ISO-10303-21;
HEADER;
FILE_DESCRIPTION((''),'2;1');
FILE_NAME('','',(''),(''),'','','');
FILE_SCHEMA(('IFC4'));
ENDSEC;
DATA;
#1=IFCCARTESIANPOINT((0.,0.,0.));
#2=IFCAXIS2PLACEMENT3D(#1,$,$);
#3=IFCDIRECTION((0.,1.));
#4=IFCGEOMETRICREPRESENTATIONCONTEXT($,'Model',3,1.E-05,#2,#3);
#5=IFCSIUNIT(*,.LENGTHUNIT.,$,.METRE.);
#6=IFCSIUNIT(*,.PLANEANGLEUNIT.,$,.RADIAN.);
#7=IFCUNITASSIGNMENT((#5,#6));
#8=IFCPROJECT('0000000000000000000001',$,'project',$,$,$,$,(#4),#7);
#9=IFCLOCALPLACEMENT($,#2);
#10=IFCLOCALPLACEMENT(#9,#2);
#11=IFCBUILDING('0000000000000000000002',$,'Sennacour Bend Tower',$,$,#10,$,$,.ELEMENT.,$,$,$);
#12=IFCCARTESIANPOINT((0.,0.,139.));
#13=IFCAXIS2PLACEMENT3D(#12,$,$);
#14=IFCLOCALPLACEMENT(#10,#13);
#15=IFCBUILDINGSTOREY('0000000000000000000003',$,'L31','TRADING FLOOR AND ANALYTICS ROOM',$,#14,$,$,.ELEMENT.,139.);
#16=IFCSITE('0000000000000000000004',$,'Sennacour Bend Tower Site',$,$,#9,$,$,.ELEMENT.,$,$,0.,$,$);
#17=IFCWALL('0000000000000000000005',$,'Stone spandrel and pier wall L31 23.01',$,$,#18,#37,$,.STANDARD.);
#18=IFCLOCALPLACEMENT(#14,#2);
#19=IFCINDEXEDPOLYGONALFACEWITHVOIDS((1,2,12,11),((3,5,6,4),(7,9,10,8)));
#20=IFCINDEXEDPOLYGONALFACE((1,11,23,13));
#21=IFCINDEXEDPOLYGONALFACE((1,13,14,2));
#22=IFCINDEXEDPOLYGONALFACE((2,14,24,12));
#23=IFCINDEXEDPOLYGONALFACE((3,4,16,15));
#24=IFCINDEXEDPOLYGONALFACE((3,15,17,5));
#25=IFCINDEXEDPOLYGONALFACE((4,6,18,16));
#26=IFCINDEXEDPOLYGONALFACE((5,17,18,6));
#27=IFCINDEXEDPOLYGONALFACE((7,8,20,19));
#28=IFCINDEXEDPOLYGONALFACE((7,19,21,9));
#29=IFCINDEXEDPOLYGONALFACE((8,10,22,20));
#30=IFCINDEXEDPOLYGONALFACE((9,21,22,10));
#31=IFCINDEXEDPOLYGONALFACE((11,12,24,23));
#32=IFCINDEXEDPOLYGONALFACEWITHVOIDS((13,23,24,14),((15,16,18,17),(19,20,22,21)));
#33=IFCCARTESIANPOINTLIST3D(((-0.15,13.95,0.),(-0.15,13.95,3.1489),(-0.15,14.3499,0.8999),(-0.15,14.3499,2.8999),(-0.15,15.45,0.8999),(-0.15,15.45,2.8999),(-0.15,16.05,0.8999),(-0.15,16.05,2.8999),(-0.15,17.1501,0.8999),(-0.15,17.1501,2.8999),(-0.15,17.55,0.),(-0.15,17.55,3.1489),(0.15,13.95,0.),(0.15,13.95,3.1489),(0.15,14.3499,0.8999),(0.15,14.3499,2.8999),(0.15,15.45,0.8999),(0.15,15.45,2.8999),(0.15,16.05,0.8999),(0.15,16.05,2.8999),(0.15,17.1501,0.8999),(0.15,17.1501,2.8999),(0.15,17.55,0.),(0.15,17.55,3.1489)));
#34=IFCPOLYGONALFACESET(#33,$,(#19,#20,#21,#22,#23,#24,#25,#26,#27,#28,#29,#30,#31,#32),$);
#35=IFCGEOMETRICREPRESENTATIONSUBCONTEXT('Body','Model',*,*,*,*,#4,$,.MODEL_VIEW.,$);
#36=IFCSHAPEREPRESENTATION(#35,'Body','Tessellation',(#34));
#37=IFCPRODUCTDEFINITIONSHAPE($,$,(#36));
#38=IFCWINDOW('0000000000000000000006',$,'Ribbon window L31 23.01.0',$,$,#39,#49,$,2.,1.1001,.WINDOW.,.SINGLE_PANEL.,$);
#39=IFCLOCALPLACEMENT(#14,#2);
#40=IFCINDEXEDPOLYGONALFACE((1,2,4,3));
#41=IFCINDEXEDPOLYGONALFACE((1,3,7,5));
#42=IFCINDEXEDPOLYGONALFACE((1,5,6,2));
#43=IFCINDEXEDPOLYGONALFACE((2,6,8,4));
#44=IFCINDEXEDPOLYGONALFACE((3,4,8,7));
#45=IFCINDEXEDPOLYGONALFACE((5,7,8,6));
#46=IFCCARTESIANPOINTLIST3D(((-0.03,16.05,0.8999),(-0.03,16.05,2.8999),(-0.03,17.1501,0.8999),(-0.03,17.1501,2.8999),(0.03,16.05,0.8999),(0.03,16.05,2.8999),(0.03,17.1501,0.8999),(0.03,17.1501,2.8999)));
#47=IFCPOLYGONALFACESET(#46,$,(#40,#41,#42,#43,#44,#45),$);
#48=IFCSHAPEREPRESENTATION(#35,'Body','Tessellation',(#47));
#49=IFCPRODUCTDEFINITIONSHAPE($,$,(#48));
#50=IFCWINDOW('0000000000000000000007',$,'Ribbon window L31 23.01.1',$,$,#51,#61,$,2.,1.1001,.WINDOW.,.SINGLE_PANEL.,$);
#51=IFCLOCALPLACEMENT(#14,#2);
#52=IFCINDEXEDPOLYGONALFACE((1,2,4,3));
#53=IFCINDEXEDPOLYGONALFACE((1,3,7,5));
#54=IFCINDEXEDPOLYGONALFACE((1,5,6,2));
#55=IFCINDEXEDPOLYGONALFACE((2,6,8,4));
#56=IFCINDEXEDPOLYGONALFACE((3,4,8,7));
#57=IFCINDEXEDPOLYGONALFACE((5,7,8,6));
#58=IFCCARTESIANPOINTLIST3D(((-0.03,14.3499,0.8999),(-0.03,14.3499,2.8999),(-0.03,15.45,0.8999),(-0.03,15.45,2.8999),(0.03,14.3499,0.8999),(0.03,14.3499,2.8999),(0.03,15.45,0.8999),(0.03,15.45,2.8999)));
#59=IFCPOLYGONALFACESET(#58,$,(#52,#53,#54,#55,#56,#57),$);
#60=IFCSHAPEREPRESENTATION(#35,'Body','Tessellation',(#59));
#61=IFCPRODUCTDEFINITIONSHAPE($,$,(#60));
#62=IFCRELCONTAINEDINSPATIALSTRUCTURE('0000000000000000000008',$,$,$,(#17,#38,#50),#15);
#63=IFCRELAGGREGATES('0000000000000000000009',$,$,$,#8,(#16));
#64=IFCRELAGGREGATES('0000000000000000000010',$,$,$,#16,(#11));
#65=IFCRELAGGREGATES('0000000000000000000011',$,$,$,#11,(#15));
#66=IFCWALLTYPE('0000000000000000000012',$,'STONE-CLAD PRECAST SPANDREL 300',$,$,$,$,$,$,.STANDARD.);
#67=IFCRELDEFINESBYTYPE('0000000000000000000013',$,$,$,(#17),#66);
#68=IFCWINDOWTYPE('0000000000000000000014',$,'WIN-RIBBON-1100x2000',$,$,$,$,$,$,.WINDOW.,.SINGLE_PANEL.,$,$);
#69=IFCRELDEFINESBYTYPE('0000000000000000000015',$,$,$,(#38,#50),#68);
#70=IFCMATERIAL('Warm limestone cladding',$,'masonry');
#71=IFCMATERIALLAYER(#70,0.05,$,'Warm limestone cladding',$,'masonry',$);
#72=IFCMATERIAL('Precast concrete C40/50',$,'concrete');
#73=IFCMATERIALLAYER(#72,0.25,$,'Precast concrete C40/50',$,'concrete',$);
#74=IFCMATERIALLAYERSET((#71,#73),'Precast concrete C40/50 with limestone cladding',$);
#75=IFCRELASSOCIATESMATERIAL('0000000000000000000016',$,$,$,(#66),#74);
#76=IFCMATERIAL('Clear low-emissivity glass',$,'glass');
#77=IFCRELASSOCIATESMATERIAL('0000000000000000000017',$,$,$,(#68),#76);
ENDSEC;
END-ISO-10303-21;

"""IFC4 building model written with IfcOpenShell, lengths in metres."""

from ifc_helpers import new_model, si_unit, direction, frame, frame_2d, origin, place, context, subcontext, project, spatial, rectangle, extrude, material, layer, layer_set, type_object, element, fill, save


model = new_model("IFC4")

# Units and contexts
model_context = context("Model", 3, precision=1e-05, world=origin(), true_north=direction((0.0, 1.0)))
body_context = subcontext(model_context, "Body", "Model", "MODEL_VIEW")
ifc_project = project(units=[si_unit("LENGTHUNIT", "METRE"), si_unit("PLANEANGLEUNIT", "RADIAN")], contexts=[model_context])

# Site, building, storey
site_placement = place(None, origin())
site = spatial("IfcSite", under=ifc_project, at=site_placement, Name="Sennacour Bend Tower Site", CompositionType="ELEMENT", RefElevation=0.0)
building_placement = place(site_placement, origin())
building = spatial("IfcBuilding", under=site, at=building_placement, Name="Sennacour Bend Tower", CompositionType="ELEMENT")
storey_placement = place(building_placement, frame((0.0, 0.0, 139.0)))
storey = spatial("IfcBuildingStorey", under=building, at=storey_placement, Name="L31", Description="TRADING FLOOR AND ANALYTICS ROOM", CompositionType="ELEMENT", Elevation=139.0)

# Shared definitions
ifc_material_1 = material(Name="Warm limestone cladding", Category="masonry")
ifc_layer_1 = layer(ifc_material_1, 0.05, Name="Warm limestone cladding", Category="masonry")
ifc_material_2 = material(Name="Precast concrete C40/50", Category="concrete")
ifc_layer_2 = layer(ifc_material_2, 0.25, Name="Precast concrete C40/50", Category="concrete")
ifc_layer_set_1 = layer_set([ifc_layer_1, ifc_layer_2], Name="Precast concrete C40/50 with limestone cladding")
wall_type_1 = type_object("IfcWallType", Name="STONE-CLAD PRECAST SPANDREL 300", PredefinedType="STANDARD", material=ifc_layer_set_1)
ifc_material_3 = material(Name="Clear low-emissivity glass", Category="glass")
window_type = type_object("IfcWindowType", Name="WIN-RIBBON-1100x2000", PartitioningType="SINGLE_PANEL", PredefinedType="WINDOW", material=ifc_material_3)

# Wall, openings, windows
wall_1_placement = place(storey_placement, frame((0.0, 17.55, 0.0), z_axis=(0.0, 0.0, 1.0), x_axis=(0.0, -1.0, 0.0)))
wall_1 = element("IfcWall", 1, at=wall_1_placement, inside=storey, type_object=wall_type_1, Name="Stone spandrel and pier wall L31 23.01", PredefinedType="STANDARD", context=body_context, shape_type="SweptSolid", body=[
    extrude(rectangle(XDim=3.6001, YDim=0.3, at=frame_2d((1.8, 0.0))), origin(), (0.0, 0.0, 1.0), 3.1489),
])
opening_1_placement = place(wall_1_placement, frame((0.3999, 0.0, 0.8999)))
opening_1 = element("IfcOpeningElement", 2, at=opening_1_placement, cuts=wall_1, PredefinedType="OPENING", context=body_context, shape_type="SweptSolid", body=[
    extrude(rectangle(XDim=1.1001, YDim=2.0, at=frame_2d((0.55, 1.0))), frame((0.0, 0.1602, 0.0), z_axis=(0.0, -1.0, 0.0), x_axis=(1.0, 0.0, 0.0)), (0.0, 0.0, 1.0), 0.3201),
])
opening_2_placement = place(wall_1_placement, frame((2.1001, 0.0, 0.8999)))
opening_2 = element("IfcOpeningElement", 3, at=opening_2_placement, cuts=wall_1, PredefinedType="OPENING", context=body_context, shape_type="SweptSolid", body=[
    extrude(rectangle(XDim=1.1001, YDim=2.0, at=frame_2d((0.55, 1.0))), frame((0.0, 0.1602, 0.0), z_axis=(0.0, -1.0, 0.0), x_axis=(1.0, 0.0, 0.0)), (0.0, 0.0, 1.0), 0.3201),
])
window_1_placement = place(opening_1_placement, origin())
window_1 = element("IfcWindow", 4, at=window_1_placement, inside=storey, type_object=window_type, Name="Ribbon window L31 23.01.0", OverallHeight=2.0, OverallWidth=1.1001, PartitioningType="SINGLE_PANEL", PredefinedType="WINDOW", context=body_context, shape_type="SweptSolid", body=[
    extrude(rectangle(XDim=1.1001, YDim=2.0, at=frame_2d((0.55, 1.0))), frame((0.0, 0.03, 0.0), z_axis=(0.0, -1.0, 0.0), x_axis=(1.0, 0.0, 0.0)), (0.0, 0.0, 1.0), 0.0601),
])
fill(opening_1, window_1)
window_2_placement = place(opening_2_placement, origin())
window_2 = element("IfcWindow", 5, at=window_2_placement, inside=storey, type_object=window_type, Name="Ribbon window L31 23.01.1", OverallHeight=2.0, OverallWidth=1.1001, PartitioningType="SINGLE_PANEL", PredefinedType="WINDOW", context=body_context, shape_type="SweptSolid", body=[
    extrude(rectangle(XDim=1.1001, YDim=2.0, at=frame_2d((0.55, 1.0))), frame((0.0, 0.03, 0.0), z_axis=(0.0, -1.0, 0.0), x_axis=(1.0, 0.0, 0.0)), (0.0, 0.0, 1.0), 0.0601),
])
fill(opening_2, window_2)

save(model, "model.ifc")
